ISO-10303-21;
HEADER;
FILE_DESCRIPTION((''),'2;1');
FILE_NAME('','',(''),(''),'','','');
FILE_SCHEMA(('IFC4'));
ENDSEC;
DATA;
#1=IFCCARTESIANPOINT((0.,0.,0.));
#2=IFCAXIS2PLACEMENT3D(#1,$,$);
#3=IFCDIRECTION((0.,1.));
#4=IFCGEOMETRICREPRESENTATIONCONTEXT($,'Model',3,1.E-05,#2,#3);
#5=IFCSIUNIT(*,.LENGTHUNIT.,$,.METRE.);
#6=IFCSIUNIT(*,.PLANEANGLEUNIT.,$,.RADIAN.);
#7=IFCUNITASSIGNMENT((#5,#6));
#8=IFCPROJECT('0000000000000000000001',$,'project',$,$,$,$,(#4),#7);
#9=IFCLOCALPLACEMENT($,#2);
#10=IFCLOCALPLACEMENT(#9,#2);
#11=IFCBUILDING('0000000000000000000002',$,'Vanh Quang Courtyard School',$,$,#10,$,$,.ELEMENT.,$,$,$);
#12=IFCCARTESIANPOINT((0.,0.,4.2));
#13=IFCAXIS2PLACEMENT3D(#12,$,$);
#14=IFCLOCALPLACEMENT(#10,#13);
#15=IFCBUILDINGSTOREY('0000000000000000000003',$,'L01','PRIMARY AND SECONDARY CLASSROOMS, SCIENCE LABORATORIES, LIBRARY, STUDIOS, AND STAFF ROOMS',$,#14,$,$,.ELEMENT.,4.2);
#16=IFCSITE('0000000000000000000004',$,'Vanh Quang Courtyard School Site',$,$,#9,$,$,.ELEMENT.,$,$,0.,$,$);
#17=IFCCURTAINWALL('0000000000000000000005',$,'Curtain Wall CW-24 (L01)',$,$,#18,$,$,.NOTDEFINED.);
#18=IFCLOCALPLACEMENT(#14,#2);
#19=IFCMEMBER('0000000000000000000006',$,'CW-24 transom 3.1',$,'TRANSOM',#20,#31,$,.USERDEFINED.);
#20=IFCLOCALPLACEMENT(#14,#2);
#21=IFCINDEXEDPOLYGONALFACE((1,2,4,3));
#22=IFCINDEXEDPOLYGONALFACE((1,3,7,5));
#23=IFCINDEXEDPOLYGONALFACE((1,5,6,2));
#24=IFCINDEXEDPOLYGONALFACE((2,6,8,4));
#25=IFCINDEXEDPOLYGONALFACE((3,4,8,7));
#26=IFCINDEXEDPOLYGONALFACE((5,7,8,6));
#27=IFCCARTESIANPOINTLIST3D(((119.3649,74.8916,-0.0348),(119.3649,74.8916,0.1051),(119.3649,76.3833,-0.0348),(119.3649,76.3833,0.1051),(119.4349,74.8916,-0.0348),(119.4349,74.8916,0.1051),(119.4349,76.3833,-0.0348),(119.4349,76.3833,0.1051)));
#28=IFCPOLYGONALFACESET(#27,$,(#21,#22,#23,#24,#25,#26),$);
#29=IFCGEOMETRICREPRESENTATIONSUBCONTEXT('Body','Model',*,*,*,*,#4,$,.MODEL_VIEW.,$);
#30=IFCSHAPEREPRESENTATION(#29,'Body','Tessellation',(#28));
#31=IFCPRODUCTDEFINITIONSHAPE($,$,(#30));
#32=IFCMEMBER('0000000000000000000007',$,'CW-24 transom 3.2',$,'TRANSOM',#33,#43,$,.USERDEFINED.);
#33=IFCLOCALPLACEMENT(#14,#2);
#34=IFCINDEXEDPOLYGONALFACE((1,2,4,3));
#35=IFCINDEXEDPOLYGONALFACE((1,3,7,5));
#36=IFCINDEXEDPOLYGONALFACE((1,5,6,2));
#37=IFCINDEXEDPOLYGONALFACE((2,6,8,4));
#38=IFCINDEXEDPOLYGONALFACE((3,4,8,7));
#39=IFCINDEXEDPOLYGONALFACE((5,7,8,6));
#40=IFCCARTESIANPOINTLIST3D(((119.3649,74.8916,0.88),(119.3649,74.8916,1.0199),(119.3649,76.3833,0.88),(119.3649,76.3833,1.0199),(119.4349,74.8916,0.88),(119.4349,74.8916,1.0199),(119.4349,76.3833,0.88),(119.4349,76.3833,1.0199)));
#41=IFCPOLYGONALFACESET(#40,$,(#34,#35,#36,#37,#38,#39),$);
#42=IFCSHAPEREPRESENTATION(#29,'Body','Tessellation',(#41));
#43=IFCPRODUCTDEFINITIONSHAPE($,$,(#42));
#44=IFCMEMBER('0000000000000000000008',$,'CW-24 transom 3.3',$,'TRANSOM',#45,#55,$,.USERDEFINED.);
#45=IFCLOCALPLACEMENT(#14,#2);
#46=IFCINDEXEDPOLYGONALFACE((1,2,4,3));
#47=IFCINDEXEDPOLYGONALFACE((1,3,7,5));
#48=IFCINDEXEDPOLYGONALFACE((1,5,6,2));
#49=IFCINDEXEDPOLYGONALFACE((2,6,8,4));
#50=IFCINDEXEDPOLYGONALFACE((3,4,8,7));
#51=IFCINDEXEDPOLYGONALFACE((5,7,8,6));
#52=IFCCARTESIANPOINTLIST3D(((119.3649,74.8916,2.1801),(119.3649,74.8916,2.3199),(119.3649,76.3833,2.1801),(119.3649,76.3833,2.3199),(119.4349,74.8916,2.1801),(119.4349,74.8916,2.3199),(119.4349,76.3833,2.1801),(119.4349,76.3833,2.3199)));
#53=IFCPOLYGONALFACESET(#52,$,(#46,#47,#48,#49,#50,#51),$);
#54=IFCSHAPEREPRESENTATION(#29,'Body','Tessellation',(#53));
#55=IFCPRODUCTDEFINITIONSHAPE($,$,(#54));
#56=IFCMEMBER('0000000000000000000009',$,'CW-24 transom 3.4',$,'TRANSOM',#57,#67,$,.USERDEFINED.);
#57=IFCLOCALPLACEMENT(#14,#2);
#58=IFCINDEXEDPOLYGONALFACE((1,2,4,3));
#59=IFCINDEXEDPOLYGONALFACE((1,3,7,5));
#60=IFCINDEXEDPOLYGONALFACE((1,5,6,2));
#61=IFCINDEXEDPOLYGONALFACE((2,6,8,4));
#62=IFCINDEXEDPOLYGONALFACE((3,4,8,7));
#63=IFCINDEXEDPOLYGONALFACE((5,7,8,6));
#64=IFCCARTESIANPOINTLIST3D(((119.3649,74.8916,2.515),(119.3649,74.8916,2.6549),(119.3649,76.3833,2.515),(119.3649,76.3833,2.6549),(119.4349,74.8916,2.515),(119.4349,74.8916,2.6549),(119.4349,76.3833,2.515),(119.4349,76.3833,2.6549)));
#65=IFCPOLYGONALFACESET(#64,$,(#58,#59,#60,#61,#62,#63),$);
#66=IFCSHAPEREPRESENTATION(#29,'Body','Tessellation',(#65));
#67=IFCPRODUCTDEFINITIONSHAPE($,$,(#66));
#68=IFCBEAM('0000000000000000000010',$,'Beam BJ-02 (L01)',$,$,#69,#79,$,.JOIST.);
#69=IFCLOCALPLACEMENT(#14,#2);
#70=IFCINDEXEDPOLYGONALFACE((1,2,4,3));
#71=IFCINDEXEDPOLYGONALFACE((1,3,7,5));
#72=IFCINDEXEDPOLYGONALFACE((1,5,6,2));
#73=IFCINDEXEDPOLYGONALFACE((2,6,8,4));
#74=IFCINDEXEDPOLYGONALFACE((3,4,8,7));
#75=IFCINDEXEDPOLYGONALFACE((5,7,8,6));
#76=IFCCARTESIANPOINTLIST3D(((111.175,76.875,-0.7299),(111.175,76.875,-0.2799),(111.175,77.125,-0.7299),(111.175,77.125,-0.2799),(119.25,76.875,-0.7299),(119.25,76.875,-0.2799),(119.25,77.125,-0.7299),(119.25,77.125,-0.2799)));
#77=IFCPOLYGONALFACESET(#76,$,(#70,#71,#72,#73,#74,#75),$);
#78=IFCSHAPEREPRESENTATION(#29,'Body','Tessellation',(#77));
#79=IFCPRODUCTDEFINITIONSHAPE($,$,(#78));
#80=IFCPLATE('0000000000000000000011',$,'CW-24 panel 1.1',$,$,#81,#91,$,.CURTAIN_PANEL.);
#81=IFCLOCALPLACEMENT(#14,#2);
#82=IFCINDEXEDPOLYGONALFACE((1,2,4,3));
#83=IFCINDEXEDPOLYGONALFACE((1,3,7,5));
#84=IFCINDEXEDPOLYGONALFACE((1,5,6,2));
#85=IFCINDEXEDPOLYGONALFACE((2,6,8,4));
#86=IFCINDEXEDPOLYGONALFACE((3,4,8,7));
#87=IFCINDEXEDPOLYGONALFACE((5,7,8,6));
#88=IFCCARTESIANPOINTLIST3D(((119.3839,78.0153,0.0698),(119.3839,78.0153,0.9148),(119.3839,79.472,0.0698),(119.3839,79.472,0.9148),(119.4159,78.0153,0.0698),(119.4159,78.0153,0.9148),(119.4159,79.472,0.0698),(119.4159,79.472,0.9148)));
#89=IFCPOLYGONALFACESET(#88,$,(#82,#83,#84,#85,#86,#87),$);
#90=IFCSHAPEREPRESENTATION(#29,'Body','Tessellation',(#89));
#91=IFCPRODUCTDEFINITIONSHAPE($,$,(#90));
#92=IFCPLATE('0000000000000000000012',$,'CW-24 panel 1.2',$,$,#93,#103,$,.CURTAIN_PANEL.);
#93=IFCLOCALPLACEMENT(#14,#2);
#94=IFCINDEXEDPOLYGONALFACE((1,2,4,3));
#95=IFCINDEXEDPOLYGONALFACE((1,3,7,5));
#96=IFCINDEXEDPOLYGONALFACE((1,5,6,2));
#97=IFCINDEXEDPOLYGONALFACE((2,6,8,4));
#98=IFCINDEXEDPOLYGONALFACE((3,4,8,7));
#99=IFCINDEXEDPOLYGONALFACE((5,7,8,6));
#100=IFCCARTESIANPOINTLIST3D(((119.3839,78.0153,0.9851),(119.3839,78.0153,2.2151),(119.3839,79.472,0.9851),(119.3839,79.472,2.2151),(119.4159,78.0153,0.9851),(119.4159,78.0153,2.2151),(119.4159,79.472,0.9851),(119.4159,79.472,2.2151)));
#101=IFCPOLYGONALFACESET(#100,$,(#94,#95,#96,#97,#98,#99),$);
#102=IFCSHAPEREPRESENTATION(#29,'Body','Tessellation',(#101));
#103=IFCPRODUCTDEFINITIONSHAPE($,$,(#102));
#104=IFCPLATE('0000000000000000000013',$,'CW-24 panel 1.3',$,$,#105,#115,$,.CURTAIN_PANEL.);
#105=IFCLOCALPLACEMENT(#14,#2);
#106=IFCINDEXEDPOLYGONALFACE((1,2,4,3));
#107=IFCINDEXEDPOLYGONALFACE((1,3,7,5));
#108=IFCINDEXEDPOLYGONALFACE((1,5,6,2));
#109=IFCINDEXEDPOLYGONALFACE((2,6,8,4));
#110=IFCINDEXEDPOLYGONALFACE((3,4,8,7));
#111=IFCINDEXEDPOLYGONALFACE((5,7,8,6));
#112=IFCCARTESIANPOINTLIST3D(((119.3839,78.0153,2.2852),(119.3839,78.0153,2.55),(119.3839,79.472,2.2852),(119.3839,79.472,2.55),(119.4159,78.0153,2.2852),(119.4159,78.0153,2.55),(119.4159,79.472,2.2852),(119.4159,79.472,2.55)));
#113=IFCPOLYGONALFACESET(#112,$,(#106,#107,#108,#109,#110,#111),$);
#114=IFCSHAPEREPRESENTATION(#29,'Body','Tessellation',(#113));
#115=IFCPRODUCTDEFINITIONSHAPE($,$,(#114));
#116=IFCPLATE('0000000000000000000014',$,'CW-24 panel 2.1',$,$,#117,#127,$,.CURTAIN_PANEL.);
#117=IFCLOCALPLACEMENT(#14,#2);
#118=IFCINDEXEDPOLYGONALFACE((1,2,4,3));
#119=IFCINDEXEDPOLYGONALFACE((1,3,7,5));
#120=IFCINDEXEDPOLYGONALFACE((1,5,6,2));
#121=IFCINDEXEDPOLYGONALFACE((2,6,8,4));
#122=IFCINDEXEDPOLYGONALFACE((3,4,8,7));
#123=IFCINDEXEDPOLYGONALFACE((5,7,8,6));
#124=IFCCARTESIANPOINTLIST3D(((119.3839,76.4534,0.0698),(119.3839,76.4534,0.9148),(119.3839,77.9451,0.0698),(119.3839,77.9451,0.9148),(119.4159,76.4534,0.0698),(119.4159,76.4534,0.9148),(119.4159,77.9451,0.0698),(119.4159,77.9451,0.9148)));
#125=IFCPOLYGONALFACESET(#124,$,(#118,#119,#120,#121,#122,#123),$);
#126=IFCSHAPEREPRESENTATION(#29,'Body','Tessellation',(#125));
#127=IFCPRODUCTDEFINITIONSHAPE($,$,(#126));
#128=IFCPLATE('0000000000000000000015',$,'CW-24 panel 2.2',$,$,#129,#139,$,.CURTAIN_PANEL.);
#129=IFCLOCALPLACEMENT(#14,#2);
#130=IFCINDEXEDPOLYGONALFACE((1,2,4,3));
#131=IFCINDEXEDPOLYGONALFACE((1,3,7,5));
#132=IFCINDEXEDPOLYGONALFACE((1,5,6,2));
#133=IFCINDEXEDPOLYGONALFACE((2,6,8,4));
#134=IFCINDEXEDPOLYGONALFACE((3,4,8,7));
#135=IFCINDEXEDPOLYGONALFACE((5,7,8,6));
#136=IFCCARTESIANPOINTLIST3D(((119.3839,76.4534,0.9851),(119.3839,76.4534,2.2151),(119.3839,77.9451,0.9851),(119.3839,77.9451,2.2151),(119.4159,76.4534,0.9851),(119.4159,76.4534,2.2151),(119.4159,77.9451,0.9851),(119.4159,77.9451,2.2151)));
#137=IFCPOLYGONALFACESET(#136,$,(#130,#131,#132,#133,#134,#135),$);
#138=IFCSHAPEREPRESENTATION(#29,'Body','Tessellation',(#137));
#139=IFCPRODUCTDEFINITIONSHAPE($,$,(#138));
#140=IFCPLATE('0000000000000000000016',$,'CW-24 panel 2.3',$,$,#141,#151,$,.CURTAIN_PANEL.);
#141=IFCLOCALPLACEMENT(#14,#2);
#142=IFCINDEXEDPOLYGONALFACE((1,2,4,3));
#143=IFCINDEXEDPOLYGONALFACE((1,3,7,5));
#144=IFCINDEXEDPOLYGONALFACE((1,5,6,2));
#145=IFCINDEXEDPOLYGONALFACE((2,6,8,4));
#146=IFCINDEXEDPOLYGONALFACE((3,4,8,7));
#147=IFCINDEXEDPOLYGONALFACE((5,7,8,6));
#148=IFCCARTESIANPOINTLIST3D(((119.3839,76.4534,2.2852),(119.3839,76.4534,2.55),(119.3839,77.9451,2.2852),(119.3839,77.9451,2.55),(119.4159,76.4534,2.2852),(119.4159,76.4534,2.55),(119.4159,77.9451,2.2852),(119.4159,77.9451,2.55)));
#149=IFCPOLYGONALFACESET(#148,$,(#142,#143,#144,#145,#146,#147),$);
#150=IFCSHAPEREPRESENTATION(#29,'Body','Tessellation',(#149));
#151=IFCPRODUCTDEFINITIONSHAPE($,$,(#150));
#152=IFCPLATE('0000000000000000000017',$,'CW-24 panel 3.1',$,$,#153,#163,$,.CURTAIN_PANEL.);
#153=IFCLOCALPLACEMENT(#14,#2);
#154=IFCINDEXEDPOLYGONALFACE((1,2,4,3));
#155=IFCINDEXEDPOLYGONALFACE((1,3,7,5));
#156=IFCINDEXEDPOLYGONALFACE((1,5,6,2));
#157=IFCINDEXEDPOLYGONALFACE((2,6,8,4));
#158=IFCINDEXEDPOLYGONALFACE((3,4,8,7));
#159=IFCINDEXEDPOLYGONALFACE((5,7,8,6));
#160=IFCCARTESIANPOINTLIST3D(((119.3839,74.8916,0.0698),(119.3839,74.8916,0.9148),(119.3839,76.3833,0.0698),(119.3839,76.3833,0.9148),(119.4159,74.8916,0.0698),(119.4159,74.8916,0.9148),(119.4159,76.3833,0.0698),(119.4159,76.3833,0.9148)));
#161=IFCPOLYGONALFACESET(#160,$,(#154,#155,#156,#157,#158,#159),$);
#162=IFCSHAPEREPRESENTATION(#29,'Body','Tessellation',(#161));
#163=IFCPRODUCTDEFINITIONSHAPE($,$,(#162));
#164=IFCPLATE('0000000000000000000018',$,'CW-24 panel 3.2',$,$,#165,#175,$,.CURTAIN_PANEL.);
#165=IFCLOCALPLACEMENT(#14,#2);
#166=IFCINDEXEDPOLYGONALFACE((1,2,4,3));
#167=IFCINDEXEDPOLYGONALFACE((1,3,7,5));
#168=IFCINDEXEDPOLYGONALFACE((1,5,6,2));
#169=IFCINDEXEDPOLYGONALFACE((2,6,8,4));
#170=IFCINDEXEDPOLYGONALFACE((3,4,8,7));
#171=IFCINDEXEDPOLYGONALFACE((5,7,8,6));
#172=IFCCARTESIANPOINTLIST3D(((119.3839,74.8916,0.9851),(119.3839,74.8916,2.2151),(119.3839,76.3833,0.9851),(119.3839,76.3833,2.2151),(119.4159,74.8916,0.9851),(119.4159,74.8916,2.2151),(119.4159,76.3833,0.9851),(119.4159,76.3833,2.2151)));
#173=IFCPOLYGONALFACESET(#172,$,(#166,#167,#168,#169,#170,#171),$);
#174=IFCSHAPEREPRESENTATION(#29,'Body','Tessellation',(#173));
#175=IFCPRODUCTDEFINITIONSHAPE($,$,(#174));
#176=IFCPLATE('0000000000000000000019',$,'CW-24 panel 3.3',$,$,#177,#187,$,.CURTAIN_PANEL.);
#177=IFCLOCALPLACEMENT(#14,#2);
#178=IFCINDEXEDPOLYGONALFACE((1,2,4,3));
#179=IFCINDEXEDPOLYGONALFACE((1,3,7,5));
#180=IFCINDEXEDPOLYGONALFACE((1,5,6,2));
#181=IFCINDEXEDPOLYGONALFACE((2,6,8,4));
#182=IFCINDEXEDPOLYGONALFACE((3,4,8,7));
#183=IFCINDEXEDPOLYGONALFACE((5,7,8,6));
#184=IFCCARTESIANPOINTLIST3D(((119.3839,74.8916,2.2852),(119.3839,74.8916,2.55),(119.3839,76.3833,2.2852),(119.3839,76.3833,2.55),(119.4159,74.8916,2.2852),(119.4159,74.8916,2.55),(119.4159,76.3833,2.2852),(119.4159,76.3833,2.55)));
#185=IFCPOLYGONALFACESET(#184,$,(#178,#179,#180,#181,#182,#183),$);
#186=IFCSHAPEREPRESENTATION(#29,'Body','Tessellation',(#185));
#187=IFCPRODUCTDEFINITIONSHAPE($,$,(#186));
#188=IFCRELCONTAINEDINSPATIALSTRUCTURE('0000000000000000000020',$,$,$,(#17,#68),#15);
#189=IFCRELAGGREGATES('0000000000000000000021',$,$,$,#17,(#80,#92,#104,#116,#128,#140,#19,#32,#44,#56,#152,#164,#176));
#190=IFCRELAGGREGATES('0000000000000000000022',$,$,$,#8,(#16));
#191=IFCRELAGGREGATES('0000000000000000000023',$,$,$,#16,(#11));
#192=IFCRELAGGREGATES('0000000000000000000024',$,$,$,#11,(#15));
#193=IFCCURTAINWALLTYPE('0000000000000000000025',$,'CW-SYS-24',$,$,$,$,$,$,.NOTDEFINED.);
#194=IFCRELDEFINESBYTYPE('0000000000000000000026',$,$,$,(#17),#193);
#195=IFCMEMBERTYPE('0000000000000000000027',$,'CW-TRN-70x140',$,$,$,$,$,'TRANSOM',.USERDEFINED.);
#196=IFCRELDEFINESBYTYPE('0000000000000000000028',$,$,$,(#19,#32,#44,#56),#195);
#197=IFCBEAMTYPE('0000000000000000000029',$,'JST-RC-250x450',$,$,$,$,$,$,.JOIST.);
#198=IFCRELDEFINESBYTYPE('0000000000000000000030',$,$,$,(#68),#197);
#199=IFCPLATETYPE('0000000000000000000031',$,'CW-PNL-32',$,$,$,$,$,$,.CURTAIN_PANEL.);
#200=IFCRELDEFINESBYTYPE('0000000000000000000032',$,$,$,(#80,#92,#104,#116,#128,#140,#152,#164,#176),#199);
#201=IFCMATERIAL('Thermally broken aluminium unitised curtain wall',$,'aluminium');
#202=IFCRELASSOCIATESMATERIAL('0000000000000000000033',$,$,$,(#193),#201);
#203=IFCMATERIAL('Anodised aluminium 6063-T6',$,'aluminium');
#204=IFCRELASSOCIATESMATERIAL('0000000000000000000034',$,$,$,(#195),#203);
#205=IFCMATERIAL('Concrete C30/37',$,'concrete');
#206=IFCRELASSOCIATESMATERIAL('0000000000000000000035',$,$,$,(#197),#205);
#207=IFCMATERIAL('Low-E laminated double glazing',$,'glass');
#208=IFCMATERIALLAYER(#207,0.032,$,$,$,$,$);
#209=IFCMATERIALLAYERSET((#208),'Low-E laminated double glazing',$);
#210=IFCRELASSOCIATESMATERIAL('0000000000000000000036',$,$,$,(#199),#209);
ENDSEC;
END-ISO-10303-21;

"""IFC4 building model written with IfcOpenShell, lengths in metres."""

from ifc_helpers import new_model, si_unit, direction, frame, origin, origin_2d, place, context, subcontext, project, spatial, rectangle, extrude, material, layer, layer_set, material_profile, profile_set, type_object, element, aggregate, save


model = new_model("IFC4")

# Units and contexts
model_context = context("Model", 3, precision=1e-05, world=origin(), true_north=direction((0.0, 1.0)))
body_context = subcontext(model_context, "Body", "Model", "MODEL_VIEW")
ifc_project = project(units=[si_unit("LENGTHUNIT", "METRE"), si_unit("PLANEANGLEUNIT", "RADIAN")], contexts=[model_context])

# Site, building, storey
site_placement = place(None, origin())
site = spatial("IfcSite", under=ifc_project, at=site_placement, Name="Vanh Quang Courtyard School Site", CompositionType="ELEMENT", RefElevation=0.0)
building_placement = place(site_placement, origin())
building = spatial("IfcBuilding", under=site, at=building_placement, Name="Vanh Quang Courtyard School", CompositionType="ELEMENT")
storey_placement = place(building_placement, frame((0.0, 0.0, 4.2)))
storey = spatial("IfcBuildingStorey", under=building, at=storey_placement, Name="L01", Description="PRIMARY AND SECONDARY CLASSROOMS, SCIENCE LABORATORIES, LIBRARY, STUDIOS, AND STAFF ROOMS", CompositionType="ELEMENT", Elevation=4.2)

# Curtain wall, members
ifc_material_1 = material(Name="Thermally broken aluminium unitised curtain wall", Category="aluminium")
curtain_wall_type = type_object("IfcCurtainWallType", Name="CW-SYS-24", PredefinedType="NOTDEFINED", material=ifc_material_1)
curtain_wall_placement = place(storey_placement, origin())
curtain_wall = element("IfcCurtainWall", 1, at=curtain_wall_placement, inside=storey, type_object=curtain_wall_type, Name="Curtain Wall CW-24 (L01)", PredefinedType="NOTDEFINED")
ifc_material_2 = material(Name="Anodised aluminium 6063-T6", Category="aluminium")
ifc_material_profile_1 = material_profile(ifc_material_2, rectangle(XDim=0.0701, YDim=0.1399, at=origin_2d()), Name="ALU-TRN 70x140")
ifc_profile_set_1 = profile_set([ifc_material_profile_1], Name="Anodised aluminium 6063-T6")
member_type_1 = type_object("IfcMemberType", Name="CW-TRN-70x140", ElementType="TRANSOM", PredefinedType="USERDEFINED", material=ifc_profile_set_1)
member_1_placement = place(storey_placement, frame((119.3999, 76.3833, 0.0352), z_axis=(0.0, -1.0, 0.0), x_axis=(1.0, 0.0, 0.0)))
member_1 = element("IfcMember", 2, at=member_1_placement, type_object=member_type_1, Name="CW-24 transom 3.1", ObjectType="TRANSOM", PredefinedType="USERDEFINED", context=body_context, shape_type="SweptSolid", body=[
    extrude(rectangle(XDim=0.0701, YDim=0.1399, at=origin_2d()), origin(), (0.0, 0.0, 1.0), 1.4917),
])
member_2_placement = place(storey_placement, frame((119.3999, 76.3833, 0.95), z_axis=(0.0, -1.0, 0.0), x_axis=(1.0, 0.0, 0.0)))
member_2 = element("IfcMember", 3, at=member_2_placement, type_object=member_type_1, Name="CW-24 transom 3.2", ObjectType="TRANSOM", PredefinedType="USERDEFINED", context=body_context, shape_type="SweptSolid", body=[
    extrude(rectangle(XDim=0.0701, YDim=0.1399, at=origin_2d()), origin(), (0.0, 0.0, 1.0), 1.4917),
])
member_3_placement = place(storey_placement, frame((119.3999, 76.3833, 2.25), z_axis=(0.0, -1.0, 0.0), x_axis=(1.0, 0.0, 0.0)))
member_3 = element("IfcMember", 4, at=member_3_placement, type_object=member_type_1, Name="CW-24 transom 3.3", ObjectType="TRANSOM", PredefinedType="USERDEFINED", context=body_context, shape_type="SweptSolid", body=[
    extrude(rectangle(XDim=0.0701, YDim=0.1399, at=origin_2d()), origin(), (0.0, 0.0, 1.0), 1.4917),
])
member_4_placement = place(storey_placement, frame((119.3999, 76.3833, 2.585), z_axis=(0.0, -1.0, 0.0), x_axis=(1.0, 0.0, 0.0)))
member_4 = element("IfcMember", 5, at=member_4_placement, type_object=member_type_1, Name="CW-24 transom 3.4", ObjectType="TRANSOM", PredefinedType="USERDEFINED", context=body_context, shape_type="SweptSolid", body=[
    extrude(rectangle(XDim=0.0701, YDim=0.1399, at=origin_2d()), origin(), (0.0, 0.0, 1.0), 1.4917),
])

# Beam
ifc_material_3 = material(Name="Concrete C30/37", Category="concrete")
ifc_material_profile_2 = material_profile(ifc_material_3, rectangle(XDim=0.25, YDim=0.45, at=origin_2d()), Name="RC-JST 250x450")
ifc_profile_set_2 = profile_set([ifc_material_profile_2], Name="Concrete C30/37")
beam_type = type_object("IfcBeamType", Name="JST-RC-250x450", PredefinedType="JOIST", material=ifc_profile_set_2)
beam_placement = place(storey_placement, frame((111.175, 77.0, -0.5049), z_axis=(1.0, 0.0, 0.0), x_axis=(0.0, 1.0, 0.0)))
element("IfcBeam", 6, at=beam_placement, inside=storey, type_object=beam_type, Name="Beam BJ-02 (L01)", PredefinedType="JOIST", context=body_context, shape_type="SweptSolid", body=[
    extrude(rectangle(XDim=0.25, YDim=0.45, at=origin_2d()), origin(), (0.0, 0.0, 1.0), 8.075),
])

# Plates
ifc_material_4 = material(Name="Low-E laminated double glazing", Category="glass")
ifc_layer_1 = layer(ifc_material_4, 0.032)
ifc_layer_set_1 = layer_set([ifc_layer_1], Name="Low-E laminated double glazing")
plate_type = type_object("IfcPlateType", Name="CW-PNL-32", PredefinedType="CURTAIN_PANEL", material=ifc_layer_set_1)
plate_1_placement = place(storey_placement, frame((119.3999, 78.7437, 0.0698), z_axis=(0.0, 0.0, 1.0), x_axis=(0.0, -1.0, 0.0)))
plate_1 = element("IfcPlate", 7, at=plate_1_placement, type_object=plate_type, Name="CW-24 panel 1.1", PredefinedType="CURTAIN_PANEL", context=body_context, shape_type="SweptSolid", body=[
    extrude(rectangle(XDim=1.4568, YDim=0.032, at=origin_2d()), origin(), (0.0, 0.0, 1.0), 0.845),
])
plate_2_placement = place(storey_placement, frame((119.3999, 78.7437, 0.9851), z_axis=(0.0, 0.0, 1.0), x_axis=(0.0, -1.0, 0.0)))
plate_2 = element("IfcPlate", 8, at=plate_2_placement, type_object=plate_type, Name="CW-24 panel 1.2", PredefinedType="CURTAIN_PANEL", context=body_context, shape_type="SweptSolid", body=[
    extrude(rectangle(XDim=1.4568, YDim=0.032, at=origin_2d()), origin(), (0.0, 0.0, 1.0), 1.23),
])
plate_3_placement = place(storey_placement, frame((119.3999, 78.7437, 2.2852), z_axis=(0.0, 0.0, 1.0), x_axis=(0.0, -1.0, 0.0)))
plate_3 = element("IfcPlate", 9, at=plate_3_placement, type_object=plate_type, Name="CW-24 panel 1.3", PredefinedType="CURTAIN_PANEL", context=body_context, shape_type="SweptSolid", body=[
    extrude(rectangle(XDim=1.4568, YDim=0.032, at=origin_2d()), origin(), (0.0, 0.0, 1.0), 0.2649),
])
plate_4_placement = place(storey_placement, frame((119.3999, 77.1992, 0.0698), z_axis=(0.0, 0.0, 1.0), x_axis=(0.0, -1.0, 0.0)))
plate_4 = element("IfcPlate", 10, at=plate_4_placement, type_object=plate_type, Name="CW-24 panel 2.1", PredefinedType="CURTAIN_PANEL", context=body_context, shape_type="SweptSolid", body=[
    extrude(rectangle(XDim=1.4917, YDim=0.032, at=origin_2d()), origin(), (0.0, 0.0, 1.0), 0.845),
])
plate_5_placement = place(storey_placement, frame((119.3999, 77.1992, 0.9851), z_axis=(0.0, 0.0, 1.0), x_axis=(0.0, -1.0, 0.0)))
plate_5 = element("IfcPlate", 11, at=plate_5_placement, type_object=plate_type, Name="CW-24 panel 2.2", PredefinedType="CURTAIN_PANEL", context=body_context, shape_type="SweptSolid", body=[
    extrude(rectangle(XDim=1.4917, YDim=0.032, at=origin_2d()), origin(), (0.0, 0.0, 1.0), 1.23),
])
plate_6_placement = place(storey_placement, frame((119.3999, 77.1992, 2.2852), z_axis=(0.0, 0.0, 1.0), x_axis=(0.0, -1.0, 0.0)))
plate_6 = element("IfcPlate", 12, at=plate_6_placement, type_object=plate_type, Name="CW-24 panel 2.3", PredefinedType="CURTAIN_PANEL", context=body_context, shape_type="SweptSolid", body=[
    extrude(rectangle(XDim=1.4917, YDim=0.032, at=origin_2d()), origin(), (0.0, 0.0, 1.0), 0.2649),
])
plate_7_placement = place(storey_placement, frame((119.3999, 75.6375, 0.0698), z_axis=(0.0, 0.0, 1.0), x_axis=(0.0, -1.0, 0.0)))
plate_7 = element("IfcPlate", 13, at=plate_7_placement, type_object=plate_type, Name="CW-24 panel 3.1", PredefinedType="CURTAIN_PANEL", context=body_context, shape_type="SweptSolid", body=[
    extrude(rectangle(XDim=1.4917, YDim=0.032, at=origin_2d()), origin(), (0.0, 0.0, 1.0), 0.845),
])
plate_8_placement = place(storey_placement, frame((119.3999, 75.6375, 0.9851), z_axis=(0.0, 0.0, 1.0), x_axis=(0.0, -1.0, 0.0)))
plate_8 = element("IfcPlate", 14, at=plate_8_placement, type_object=plate_type, Name="CW-24 panel 3.2", PredefinedType="CURTAIN_PANEL", context=body_context, shape_type="SweptSolid", body=[
    extrude(rectangle(XDim=1.4917, YDim=0.032, at=origin_2d()), origin(), (0.0, 0.0, 1.0), 1.23),
])
plate_9_placement = place(storey_placement, frame((119.3999, 75.6375, 2.2852), z_axis=(0.0, 0.0, 1.0), x_axis=(0.0, -1.0, 0.0)))
plate_9 = element("IfcPlate", 15, at=plate_9_placement, type_object=plate_type, Name="CW-24 panel 3.3", PredefinedType="CURTAIN_PANEL", context=body_context, shape_type="SweptSolid", body=[
    extrude(rectangle(XDim=1.4917, YDim=0.032, at=origin_2d()), origin(), (0.0, 0.0, 1.0), 0.2649),
])
aggregate(curtain_wall, [plate_1, plate_2, plate_3, plate_4, plate_5, plate_6, member_1, member_2, member_3, member_4, plate_7, plate_8, plate_9])

save(model, "model.ifc")
